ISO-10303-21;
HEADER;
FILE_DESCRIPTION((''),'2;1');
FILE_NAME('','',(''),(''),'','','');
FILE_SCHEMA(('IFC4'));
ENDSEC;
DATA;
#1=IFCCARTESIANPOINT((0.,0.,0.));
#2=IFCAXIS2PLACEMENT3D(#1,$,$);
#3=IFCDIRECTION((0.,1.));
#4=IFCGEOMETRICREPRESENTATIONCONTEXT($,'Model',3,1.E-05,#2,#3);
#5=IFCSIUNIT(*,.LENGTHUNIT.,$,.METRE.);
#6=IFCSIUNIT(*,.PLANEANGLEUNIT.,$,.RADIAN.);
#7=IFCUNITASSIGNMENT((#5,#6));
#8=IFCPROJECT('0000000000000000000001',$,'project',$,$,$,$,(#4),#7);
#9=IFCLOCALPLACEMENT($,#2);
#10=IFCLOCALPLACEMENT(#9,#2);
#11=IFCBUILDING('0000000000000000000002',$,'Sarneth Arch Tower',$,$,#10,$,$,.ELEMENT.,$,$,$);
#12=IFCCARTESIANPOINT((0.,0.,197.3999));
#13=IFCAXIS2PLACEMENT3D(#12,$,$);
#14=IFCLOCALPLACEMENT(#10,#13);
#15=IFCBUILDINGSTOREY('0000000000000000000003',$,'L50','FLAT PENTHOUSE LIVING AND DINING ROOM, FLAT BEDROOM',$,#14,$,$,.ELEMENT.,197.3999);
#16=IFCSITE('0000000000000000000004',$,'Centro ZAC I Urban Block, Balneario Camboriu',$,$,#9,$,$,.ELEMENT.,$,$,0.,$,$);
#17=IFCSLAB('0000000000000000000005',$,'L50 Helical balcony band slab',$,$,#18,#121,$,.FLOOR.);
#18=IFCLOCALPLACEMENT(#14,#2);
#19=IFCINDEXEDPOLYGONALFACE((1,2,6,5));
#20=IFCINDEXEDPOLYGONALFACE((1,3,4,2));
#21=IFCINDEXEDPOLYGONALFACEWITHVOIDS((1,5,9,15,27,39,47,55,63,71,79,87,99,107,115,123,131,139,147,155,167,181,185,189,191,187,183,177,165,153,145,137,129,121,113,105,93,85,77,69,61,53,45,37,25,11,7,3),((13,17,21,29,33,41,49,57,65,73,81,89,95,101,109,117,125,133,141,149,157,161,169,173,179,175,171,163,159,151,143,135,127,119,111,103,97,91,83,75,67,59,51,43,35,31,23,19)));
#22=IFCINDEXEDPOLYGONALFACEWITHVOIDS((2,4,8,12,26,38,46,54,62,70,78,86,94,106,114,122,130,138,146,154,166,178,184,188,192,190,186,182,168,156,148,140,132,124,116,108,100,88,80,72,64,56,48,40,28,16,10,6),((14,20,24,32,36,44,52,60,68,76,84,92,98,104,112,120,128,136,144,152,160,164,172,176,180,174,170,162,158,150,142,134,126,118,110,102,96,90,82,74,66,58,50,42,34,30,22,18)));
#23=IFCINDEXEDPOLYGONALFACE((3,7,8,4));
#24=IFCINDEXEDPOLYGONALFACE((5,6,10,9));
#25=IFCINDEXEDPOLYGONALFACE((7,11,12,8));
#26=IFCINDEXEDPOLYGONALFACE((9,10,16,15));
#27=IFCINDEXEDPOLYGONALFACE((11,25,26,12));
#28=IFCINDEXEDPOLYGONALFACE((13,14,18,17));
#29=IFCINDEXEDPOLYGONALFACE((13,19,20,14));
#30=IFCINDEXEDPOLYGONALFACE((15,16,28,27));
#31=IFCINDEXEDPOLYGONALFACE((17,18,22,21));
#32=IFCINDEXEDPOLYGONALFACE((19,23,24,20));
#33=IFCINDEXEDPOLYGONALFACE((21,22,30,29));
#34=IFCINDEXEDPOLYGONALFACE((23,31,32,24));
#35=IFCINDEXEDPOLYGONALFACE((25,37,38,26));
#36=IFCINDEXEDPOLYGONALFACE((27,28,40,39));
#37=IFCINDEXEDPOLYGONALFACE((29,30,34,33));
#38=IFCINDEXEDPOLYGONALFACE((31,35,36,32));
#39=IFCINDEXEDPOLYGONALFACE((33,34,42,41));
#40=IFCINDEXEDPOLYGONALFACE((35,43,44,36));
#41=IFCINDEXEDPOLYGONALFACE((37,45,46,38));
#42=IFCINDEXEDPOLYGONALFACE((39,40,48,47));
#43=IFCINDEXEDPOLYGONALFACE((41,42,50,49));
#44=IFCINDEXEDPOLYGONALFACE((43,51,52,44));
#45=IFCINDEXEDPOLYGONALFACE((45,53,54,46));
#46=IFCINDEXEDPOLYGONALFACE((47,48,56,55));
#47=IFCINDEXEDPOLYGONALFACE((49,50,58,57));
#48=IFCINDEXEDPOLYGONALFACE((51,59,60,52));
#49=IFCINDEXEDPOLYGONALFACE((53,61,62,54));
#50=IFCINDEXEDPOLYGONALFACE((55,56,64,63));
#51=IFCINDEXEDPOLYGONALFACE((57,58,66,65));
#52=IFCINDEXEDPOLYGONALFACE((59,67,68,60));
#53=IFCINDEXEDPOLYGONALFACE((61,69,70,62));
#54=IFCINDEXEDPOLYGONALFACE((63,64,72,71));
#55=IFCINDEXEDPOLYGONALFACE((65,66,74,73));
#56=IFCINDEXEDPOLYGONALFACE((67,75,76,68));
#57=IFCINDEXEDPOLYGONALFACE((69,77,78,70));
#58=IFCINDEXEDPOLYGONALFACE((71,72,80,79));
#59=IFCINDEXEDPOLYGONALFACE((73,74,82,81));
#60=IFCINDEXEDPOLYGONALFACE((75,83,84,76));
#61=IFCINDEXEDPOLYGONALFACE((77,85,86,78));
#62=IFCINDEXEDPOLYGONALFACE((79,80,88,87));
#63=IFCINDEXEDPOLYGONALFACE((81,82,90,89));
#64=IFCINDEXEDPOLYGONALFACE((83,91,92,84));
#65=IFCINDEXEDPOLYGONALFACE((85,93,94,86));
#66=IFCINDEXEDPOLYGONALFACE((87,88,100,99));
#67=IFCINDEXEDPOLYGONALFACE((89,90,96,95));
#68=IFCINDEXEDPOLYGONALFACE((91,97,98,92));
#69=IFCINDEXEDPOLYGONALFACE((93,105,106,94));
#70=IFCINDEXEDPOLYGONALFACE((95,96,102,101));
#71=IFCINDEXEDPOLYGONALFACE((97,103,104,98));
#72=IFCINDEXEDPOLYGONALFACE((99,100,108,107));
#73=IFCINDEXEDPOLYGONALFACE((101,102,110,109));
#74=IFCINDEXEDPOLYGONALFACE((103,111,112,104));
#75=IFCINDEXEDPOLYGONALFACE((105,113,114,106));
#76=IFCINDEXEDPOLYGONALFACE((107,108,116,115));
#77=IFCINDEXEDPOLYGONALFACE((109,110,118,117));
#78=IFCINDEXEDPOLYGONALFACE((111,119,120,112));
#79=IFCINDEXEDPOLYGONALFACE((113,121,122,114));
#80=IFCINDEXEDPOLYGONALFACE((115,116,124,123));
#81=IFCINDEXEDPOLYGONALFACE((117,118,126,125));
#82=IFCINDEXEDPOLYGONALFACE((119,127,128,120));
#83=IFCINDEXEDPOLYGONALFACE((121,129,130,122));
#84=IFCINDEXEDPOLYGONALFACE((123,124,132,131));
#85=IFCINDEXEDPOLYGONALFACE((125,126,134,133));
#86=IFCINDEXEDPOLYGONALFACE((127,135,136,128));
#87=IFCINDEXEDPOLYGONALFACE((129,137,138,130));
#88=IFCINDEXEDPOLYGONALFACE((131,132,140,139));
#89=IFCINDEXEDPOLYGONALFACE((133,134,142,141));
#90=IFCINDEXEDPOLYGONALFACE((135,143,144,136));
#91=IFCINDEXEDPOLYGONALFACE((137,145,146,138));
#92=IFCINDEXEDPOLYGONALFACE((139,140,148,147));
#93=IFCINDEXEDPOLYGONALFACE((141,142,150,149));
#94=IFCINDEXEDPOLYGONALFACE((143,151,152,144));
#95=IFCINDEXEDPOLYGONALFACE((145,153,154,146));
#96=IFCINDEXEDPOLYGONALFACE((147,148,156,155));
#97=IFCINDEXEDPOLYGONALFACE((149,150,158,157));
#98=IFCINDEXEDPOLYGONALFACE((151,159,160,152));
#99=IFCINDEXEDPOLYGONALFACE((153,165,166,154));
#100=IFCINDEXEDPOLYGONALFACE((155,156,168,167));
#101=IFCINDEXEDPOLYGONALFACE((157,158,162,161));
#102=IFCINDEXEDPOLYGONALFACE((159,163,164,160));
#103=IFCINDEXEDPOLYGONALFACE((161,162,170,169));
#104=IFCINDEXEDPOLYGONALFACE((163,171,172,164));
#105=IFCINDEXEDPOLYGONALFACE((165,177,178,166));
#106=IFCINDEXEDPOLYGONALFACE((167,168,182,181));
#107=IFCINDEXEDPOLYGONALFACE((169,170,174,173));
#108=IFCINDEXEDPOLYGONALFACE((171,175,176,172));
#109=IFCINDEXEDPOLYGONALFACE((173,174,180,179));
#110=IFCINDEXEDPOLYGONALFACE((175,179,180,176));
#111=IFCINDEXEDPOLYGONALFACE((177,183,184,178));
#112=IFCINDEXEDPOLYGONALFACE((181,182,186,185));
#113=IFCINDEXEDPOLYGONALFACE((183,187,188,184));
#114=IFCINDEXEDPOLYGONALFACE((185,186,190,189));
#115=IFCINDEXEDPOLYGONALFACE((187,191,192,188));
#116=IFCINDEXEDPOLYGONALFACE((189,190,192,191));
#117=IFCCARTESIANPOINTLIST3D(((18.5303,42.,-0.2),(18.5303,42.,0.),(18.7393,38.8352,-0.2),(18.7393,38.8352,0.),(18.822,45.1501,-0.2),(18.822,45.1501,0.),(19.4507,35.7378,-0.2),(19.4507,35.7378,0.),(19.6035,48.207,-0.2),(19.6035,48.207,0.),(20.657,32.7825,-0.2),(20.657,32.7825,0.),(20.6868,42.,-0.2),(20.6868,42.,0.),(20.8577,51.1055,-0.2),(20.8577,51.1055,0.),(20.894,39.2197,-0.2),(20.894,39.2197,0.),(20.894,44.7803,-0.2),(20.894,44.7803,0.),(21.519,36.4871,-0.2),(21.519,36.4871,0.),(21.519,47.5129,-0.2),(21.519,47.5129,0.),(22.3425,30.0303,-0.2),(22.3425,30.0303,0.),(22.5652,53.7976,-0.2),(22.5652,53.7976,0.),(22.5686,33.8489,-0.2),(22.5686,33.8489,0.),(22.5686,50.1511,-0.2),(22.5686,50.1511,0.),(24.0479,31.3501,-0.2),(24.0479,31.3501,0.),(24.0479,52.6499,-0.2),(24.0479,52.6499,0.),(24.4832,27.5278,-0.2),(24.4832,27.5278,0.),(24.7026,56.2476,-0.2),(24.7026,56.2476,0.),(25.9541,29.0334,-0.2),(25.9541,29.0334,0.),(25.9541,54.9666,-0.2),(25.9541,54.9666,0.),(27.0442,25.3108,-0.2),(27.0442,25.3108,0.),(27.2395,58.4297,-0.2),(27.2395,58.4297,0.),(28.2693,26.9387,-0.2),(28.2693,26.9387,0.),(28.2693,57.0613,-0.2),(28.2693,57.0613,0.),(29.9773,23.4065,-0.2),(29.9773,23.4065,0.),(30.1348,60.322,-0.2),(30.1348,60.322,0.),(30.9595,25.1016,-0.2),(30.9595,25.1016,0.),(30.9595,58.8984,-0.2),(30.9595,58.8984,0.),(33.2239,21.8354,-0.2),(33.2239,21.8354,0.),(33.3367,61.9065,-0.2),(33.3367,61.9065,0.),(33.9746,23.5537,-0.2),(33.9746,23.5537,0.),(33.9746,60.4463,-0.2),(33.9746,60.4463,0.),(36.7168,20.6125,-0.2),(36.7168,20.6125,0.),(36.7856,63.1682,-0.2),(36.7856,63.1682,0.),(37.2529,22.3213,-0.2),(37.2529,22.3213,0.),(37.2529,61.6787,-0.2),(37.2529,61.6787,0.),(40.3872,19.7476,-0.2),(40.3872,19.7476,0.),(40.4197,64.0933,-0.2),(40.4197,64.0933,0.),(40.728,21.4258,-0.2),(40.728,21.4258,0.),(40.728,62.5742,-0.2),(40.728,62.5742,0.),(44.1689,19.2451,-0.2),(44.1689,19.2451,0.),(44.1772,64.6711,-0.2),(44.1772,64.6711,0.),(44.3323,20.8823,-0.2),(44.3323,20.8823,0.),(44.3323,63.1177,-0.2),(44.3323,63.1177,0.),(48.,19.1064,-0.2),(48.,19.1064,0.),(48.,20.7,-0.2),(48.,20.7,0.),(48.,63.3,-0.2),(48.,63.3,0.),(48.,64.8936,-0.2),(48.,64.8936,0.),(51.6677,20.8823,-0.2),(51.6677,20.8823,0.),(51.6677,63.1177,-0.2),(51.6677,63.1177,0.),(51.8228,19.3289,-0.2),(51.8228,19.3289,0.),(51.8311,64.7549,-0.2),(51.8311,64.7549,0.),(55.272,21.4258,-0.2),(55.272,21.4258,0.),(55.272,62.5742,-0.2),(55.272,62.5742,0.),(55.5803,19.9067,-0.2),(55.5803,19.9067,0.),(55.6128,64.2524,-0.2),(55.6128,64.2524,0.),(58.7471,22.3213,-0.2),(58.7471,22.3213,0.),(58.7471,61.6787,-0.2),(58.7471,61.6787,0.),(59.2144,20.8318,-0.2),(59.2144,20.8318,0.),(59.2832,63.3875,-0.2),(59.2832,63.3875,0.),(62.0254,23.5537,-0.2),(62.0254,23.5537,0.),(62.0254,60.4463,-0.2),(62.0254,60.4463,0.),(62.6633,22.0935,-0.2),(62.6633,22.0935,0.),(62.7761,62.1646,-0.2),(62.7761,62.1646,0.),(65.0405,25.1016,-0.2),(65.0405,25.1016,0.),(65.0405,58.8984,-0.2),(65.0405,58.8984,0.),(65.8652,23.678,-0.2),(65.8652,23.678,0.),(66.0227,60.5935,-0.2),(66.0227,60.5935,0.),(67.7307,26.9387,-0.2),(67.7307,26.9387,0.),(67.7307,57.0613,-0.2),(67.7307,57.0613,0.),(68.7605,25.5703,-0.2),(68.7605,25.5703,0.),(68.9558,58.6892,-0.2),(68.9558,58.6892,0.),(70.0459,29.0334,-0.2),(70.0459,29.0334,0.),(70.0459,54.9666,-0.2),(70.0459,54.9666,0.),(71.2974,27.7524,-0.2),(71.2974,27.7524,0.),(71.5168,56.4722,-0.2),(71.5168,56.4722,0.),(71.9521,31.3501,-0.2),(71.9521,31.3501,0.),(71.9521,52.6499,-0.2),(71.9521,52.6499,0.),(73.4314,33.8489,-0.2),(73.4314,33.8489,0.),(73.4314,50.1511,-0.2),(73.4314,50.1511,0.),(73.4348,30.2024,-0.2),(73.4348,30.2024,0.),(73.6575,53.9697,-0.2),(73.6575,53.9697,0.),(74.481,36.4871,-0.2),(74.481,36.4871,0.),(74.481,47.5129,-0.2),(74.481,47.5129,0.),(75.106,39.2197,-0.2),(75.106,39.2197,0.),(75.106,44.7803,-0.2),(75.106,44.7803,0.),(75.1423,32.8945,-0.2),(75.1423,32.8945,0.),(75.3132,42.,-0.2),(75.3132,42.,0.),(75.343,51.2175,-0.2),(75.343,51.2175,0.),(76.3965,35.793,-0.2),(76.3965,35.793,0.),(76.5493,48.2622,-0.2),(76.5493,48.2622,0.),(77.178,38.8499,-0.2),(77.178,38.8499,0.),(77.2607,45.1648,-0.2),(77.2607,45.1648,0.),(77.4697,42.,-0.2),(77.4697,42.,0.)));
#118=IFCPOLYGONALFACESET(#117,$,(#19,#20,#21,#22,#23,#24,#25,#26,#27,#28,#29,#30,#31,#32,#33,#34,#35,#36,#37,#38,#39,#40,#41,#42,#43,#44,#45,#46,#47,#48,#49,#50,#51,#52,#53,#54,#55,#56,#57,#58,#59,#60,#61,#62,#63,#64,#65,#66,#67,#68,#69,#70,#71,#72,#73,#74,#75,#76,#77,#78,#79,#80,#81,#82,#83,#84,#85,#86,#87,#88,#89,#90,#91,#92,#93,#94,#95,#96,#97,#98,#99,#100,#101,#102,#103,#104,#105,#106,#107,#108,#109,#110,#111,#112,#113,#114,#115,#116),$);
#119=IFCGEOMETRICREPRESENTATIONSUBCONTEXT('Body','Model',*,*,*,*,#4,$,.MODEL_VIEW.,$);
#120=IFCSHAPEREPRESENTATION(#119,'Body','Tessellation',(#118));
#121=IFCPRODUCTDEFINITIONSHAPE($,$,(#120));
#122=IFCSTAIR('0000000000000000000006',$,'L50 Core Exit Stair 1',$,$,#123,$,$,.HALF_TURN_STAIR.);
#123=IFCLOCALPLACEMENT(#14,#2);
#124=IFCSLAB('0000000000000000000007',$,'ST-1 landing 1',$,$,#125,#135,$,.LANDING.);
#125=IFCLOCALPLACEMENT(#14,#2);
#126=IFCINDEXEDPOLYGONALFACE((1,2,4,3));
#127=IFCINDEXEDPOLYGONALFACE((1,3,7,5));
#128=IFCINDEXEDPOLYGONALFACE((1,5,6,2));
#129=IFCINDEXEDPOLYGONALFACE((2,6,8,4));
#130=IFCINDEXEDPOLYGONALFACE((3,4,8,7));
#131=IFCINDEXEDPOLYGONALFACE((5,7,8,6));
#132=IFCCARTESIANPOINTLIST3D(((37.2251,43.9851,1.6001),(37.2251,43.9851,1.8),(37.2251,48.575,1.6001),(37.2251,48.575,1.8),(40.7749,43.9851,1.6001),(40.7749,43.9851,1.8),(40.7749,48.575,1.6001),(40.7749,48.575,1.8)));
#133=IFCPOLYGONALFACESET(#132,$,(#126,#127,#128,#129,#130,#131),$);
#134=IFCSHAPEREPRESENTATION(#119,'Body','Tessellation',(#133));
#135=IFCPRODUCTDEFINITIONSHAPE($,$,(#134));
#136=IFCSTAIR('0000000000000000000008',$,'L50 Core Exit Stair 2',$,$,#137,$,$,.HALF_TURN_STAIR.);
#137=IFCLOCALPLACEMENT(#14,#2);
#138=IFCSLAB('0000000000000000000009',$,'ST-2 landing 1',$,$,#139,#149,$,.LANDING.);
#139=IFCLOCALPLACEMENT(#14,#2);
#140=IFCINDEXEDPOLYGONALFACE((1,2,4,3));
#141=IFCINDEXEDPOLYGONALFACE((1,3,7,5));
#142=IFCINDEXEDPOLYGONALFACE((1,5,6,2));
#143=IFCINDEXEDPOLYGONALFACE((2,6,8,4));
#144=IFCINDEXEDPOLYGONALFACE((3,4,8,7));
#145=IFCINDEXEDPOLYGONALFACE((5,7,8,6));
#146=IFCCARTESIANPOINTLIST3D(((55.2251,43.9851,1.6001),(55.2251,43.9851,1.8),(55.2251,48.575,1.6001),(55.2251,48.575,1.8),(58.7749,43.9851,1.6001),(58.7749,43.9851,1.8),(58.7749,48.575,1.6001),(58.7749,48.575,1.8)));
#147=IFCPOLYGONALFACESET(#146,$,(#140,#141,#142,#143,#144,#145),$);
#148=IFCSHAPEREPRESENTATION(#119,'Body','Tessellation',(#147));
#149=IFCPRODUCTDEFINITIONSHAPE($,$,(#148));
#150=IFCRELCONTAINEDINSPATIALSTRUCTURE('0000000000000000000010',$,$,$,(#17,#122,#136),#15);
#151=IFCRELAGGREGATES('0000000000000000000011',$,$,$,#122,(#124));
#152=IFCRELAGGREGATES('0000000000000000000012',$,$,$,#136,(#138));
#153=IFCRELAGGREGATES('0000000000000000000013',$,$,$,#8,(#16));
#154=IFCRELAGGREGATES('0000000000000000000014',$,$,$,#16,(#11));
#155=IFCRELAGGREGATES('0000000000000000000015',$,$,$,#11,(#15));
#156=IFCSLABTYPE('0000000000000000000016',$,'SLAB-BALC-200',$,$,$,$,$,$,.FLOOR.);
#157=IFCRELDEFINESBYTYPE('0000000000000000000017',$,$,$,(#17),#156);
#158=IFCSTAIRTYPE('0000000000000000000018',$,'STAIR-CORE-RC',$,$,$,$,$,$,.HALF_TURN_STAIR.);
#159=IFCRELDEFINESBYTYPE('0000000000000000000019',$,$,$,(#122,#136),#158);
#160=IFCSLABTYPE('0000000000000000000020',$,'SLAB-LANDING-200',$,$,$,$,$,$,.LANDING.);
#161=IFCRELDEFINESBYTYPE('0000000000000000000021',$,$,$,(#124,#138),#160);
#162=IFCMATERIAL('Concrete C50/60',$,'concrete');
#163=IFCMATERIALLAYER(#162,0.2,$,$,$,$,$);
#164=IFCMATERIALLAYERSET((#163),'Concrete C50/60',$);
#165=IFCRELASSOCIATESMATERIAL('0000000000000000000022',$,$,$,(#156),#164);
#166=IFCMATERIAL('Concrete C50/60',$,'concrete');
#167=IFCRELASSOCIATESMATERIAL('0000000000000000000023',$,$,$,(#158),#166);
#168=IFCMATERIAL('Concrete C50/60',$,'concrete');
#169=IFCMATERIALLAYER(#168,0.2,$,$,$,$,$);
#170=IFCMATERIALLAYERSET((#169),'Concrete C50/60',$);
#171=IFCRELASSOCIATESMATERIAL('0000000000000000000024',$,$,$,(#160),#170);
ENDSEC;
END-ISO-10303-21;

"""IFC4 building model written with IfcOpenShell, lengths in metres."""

from ifc_helpers import new_model, si_unit, direction, frame, origin, place, context, subcontext, project, spatial, polyline, outline, extrude, material, layer, layer_set, type_object, element, aggregate, save


model = new_model("IFC4")

# Units and contexts
model_context = context("Model", 3, precision=1e-05, world=origin(), true_north=direction((0.0, 1.0)))
body_context = subcontext(model_context, "Body", "Model", "MODEL_VIEW")
ifc_project = project(units=[si_unit("LENGTHUNIT", "METRE"), si_unit("PLANEANGLEUNIT", "RADIAN")], contexts=[model_context])

# Site, building, storey
site_placement = place(None, origin())
site = spatial("IfcSite", under=ifc_project, at=site_placement, Name="Centro ZAC I Urban Block, Balneario Camboriu", CompositionType="ELEMENT", RefElevation=0.0)
building_placement = place(site_placement, origin())
building = spatial("IfcBuilding", under=site, at=building_placement, Name="Sarneth Arch Tower", CompositionType="ELEMENT")
storey_placement = place(building_placement, frame((0.0, 0.0, 197.3999)))
storey = spatial("IfcBuildingStorey", under=building, at=storey_placement, Name="L50", Description="FLAT PENTHOUSE LIVING AND DINING ROOM, FLAT BEDROOM", CompositionType="ELEMENT", Elevation=197.3999)

# Slab
ifc_material_1 = material(Name="Concrete C50/60", Category="concrete")
ifc_layer_1 = layer(ifc_material_1, 0.2)
ifc_layer_set_1 = layer_set([ifc_layer_1], Name="Concrete C50/60")
slab_type_1 = type_object("IfcSlabType", Name="SLAB-BALC-200", PredefinedType="FLOOR", material=ifc_layer_set_1)
slab_1_placement = place(storey_placement, frame((0.0, 0.0, -0.2)))
element("IfcSlab", 1, at=slab_1_placement, inside=storey, type_object=slab_type_1, Name="L50 Helical balcony band slab", PredefinedType="FLOOR", context=body_context, shape_type="SweptSolid", body=[
    extrude(outline(polyline([(77.4697, 42.0), (77.2607, 45.1648), (76.5493, 48.2622), (75.343, 51.2175), (73.6575, 53.9697), (71.5168, 56.4722), (68.9558, 58.6892), (66.0227, 60.5935), (62.7761, 62.1646), (59.2832, 63.3875), (55.6128, 64.2524), (51.8311, 64.7549), (48.0, 64.8936), (44.1772, 64.6711), (40.4197, 64.0933), (36.7856, 63.1682), (33.3367, 61.9065), (30.1348, 60.322), (27.2395, 58.4297), (24.7026, 56.2476), (22.5652, 53.7976), (20.8577, 51.1055), (19.6035, 48.207), (18.822, 45.1501), (18.5303, 42.0), (18.7393, 38.8352), (19.4507, 35.7378), (20.657, 32.7825), (22.3425, 30.0303), (24.4832, 27.5278), (27.0442, 25.3108), (29.9773, 23.4065), (33.2239, 21.8354), (36.7168, 20.6125), (40.3872, 19.7476), (44.1689, 19.2451), (48.0, 19.1064), (51.8228, 19.3289), (55.5803, 19.9067), (59.2144, 20.8318), (62.6633, 22.0935), (65.8652, 23.678), (68.7605, 25.5703), (71.2974, 27.7524), (73.4348, 30.2024), (75.1423, 32.8945), (76.3965, 35.793), (77.178, 38.8499), (77.4697, 42.0)]), holes=[polyline([(75.3132, 42.0), (75.106, 44.7803), (74.481, 47.5129), (73.4314, 50.1511), (71.9521, 52.6499), (70.0459, 54.9666), (67.7307, 57.0613), (65.0405, 58.8984), (62.0254, 60.4463), (58.7471, 61.6787), (55.272, 62.5742), (51.6677, 63.1177), (48.0, 63.3), (44.3323, 63.1177), (40.728, 62.5742), (37.2529, 61.6787), (33.9746, 60.4463), (30.9595, 58.8984), (28.2693, 57.0613), (25.9541, 54.9666), (24.0479, 52.6499), (22.5686, 50.1511), (21.519, 47.5129), (20.894, 44.7803), (20.6868, 42.0), (20.894, 39.2197), (21.519, 36.4871), (22.5686, 33.8489), (24.0479, 31.3501), (25.9541, 29.0334), (28.2693, 26.9387), (30.9595, 25.1016), (33.9746, 23.5537), (37.2529, 22.3213), (40.728, 21.4258), (44.3323, 20.8823), (48.0, 20.7), (51.6677, 20.8823), (55.272, 21.4258), (58.7471, 22.3213), (62.0254, 23.5537), (65.0405, 25.1016), (67.7307, 26.9387), (70.0459, 29.0334), (71.9521, 31.3501), (73.4314, 33.8489), (74.481, 36.4871), (75.106, 39.2197), (75.3132, 42.0)])]), origin(), (0.0, 0.0, 1.0), 0.2),
])

# Stairs, slabs
ifc_material_2 = material(Name="Concrete C50/60", Category="concrete")
stair_type = type_object("IfcStairType", Name="STAIR-CORE-RC", PredefinedType="HALF_TURN_STAIR", material=ifc_material_2)
stair_1_placement = place(storey_placement, origin())
stair_1 = element("IfcStair", 2, at=stair_1_placement, inside=storey, type_object=stair_type, Name="L50 Core Exit Stair 1", PredefinedType="HALF_TURN_STAIR")
ifc_material_3 = material(Name="Concrete C50/60", Category="concrete")
ifc_layer_2 = layer(ifc_material_3, 0.2)
ifc_layer_set_2 = layer_set([ifc_layer_2], Name="Concrete C50/60")
slab_type_2 = type_object("IfcSlabType", Name="SLAB-LANDING-200", PredefinedType="LANDING", material=ifc_layer_set_2)
slab_2_placement = place(storey_placement, frame((0.0, 0.0, 1.6001)))
slab_2 = element("IfcSlab", 3, at=slab_2_placement, type_object=slab_type_2, Name="ST-1 landing 1", PredefinedType="LANDING", context=body_context, shape_type="SweptSolid", body=[
    extrude(outline(polyline([(37.2251, 43.9851), (40.7749, 43.9851), (40.7749, 48.575), (37.2251, 48.575), (37.2251, 43.9851)])), origin(), (0.0, 0.0, 1.0), 0.2),
])
aggregate(stair_1, [slab_2])
stair_2_placement = place(storey_placement, origin())
stair_2 = element("IfcStair", 4, at=stair_2_placement, inside=storey, type_object=stair_type, Name="L50 Core Exit Stair 2", PredefinedType="HALF_TURN_STAIR")
slab_3_placement = place(storey_placement, frame((0.0, 0.0, 1.6001)))
slab_3 = element("IfcSlab", 5, at=slab_3_placement, type_object=slab_type_2, Name="ST-2 landing 1", PredefinedType="LANDING", context=body_context, shape_type="SweptSolid", body=[
    extrude(outline(polyline([(55.2251, 43.9851), (58.7749, 43.9851), (58.7749, 48.575), (55.2251, 48.575), (55.2251, 43.9851)])), origin(), (0.0, 0.0, 1.0), 0.2),
])
aggregate(stair_2, [slab_3])

save(model, "model.ifc")
